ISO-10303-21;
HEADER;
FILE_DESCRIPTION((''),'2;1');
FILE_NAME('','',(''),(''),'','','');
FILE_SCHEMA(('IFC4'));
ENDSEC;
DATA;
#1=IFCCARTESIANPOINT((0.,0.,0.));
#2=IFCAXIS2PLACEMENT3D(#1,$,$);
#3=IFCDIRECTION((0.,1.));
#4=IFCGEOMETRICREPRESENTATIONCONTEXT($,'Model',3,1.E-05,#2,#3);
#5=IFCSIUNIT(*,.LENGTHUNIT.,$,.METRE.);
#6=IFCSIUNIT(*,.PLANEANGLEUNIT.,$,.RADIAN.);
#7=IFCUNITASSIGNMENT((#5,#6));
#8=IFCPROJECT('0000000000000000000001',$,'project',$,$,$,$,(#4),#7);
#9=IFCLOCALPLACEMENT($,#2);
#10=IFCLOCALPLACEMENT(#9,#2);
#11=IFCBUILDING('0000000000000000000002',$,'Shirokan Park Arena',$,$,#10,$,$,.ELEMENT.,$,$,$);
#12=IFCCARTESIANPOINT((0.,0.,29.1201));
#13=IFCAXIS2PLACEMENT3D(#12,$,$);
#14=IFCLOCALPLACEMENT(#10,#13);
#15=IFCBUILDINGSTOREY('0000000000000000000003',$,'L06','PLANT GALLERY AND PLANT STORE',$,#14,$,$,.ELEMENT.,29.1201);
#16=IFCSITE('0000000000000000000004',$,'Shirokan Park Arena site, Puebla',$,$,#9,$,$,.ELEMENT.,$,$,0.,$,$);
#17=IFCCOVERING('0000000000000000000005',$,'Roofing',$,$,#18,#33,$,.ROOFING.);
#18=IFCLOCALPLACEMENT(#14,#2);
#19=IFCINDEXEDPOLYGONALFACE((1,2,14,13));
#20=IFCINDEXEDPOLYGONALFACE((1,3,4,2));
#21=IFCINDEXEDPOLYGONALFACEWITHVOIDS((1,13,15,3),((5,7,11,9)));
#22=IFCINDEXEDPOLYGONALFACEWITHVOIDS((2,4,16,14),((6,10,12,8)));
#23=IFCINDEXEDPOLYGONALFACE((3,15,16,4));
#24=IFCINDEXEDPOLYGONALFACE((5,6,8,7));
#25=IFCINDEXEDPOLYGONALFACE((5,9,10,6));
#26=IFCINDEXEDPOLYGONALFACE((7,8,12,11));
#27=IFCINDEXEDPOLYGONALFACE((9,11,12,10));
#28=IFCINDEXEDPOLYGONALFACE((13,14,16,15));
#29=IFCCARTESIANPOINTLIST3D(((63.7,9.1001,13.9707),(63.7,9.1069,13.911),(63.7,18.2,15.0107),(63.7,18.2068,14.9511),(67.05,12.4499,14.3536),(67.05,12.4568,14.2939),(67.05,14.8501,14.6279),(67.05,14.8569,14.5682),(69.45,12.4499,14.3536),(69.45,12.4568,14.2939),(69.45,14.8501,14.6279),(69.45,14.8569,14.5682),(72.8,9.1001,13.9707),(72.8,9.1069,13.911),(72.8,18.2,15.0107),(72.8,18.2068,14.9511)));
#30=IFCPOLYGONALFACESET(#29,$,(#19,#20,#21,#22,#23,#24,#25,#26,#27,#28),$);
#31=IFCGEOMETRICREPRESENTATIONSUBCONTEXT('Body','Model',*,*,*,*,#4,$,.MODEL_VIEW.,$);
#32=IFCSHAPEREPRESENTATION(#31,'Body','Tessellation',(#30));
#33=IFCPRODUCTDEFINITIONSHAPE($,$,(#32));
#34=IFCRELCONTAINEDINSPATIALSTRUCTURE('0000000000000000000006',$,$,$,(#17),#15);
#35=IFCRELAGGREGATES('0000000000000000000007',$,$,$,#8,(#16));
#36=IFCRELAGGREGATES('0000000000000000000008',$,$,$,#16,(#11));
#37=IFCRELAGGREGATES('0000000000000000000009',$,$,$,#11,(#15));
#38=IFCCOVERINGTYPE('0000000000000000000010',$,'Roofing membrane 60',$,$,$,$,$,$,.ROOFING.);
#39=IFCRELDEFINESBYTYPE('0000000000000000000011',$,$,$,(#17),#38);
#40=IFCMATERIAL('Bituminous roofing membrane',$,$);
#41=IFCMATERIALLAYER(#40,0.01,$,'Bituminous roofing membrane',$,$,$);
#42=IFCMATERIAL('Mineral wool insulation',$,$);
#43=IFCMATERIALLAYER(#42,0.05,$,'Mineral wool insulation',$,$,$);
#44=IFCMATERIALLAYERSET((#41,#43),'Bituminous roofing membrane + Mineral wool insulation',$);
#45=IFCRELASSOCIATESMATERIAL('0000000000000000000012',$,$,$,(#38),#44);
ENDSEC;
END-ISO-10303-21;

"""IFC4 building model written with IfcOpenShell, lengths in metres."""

from ifc_helpers import new_model, si_unit, direction, frame, origin, place, context, subcontext, project, spatial, polyline, outline, extrude, material, layer, layer_set, type_object, element, save


model = new_model("IFC4")

# Units and contexts
model_context = context("Model", 3, precision=1e-05, world=origin(), true_north=direction((0.0, 1.0)))
body_context = subcontext(model_context, "Body", "Model", "MODEL_VIEW")
ifc_project = project(units=[si_unit("LENGTHUNIT", "METRE"), si_unit("PLANEANGLEUNIT", "RADIAN")], contexts=[model_context])

# Site, building, storey
site_placement = place(None, origin())
site = spatial("IfcSite", under=ifc_project, at=site_placement, Name="Shirokan Park Arena site, Puebla", CompositionType="ELEMENT", RefElevation=0.0)
building_placement = place(site_placement, origin())
building = spatial("IfcBuilding", under=site, at=building_placement, Name="Shirokan Park Arena", CompositionType="ELEMENT")
storey_placement = place(building_placement, frame((0.0, 0.0, 29.1201)))
storey = spatial("IfcBuildingStorey", under=building, at=storey_placement, Name="L06", Description="PLANT GALLERY AND PLANT STORE", CompositionType="ELEMENT", Elevation=29.1201)

# Covering
ifc_material_1 = material(Name="Bituminous roofing membrane")
ifc_layer_1 = layer(ifc_material_1, 0.01, Name="Bituminous roofing membrane")
ifc_material_2 = material(Name="Mineral wool insulation")
ifc_layer_2 = layer(ifc_material_2, 0.05, Name="Mineral wool insulation")
ifc_layer_set_1 = layer_set([ifc_layer_1, ifc_layer_2], Name="Bituminous roofing membrane + Mineral wool insulation")
covering_type = type_object("IfcCoveringType", Name="Roofing membrane 60", PredefinedType="ROOFING", material=ifc_layer_set_1)
covering_1_placement = place(storey_placement, frame((63.7, 9.1001, 13.9707), z_axis=(0.0, -0.113553, 0.993532), x_axis=(1.0, 0.0, 0.0)))
element("IfcCovering", 1, at=covering_1_placement, inside=storey, type_object=covering_type, Name="Roofing", PredefinedType="ROOFING", context=body_context, shape_type="SweptSolid", body=[
    extrude(outline(polyline([(0.0, 0.0), (9.1001, 0.0), (9.1001, 9.1591), (0.0, 9.1591), (0.0, 0.0)]), holes=[polyline([(5.75, 3.3717), (5.75, 5.7874), (3.3501, 5.7874), (3.3501, 3.3717), (5.75, 3.3717)])]), origin(), (0.0, 0.0, -1.0), 0.0601),
])

save(model, "model.ifc")
